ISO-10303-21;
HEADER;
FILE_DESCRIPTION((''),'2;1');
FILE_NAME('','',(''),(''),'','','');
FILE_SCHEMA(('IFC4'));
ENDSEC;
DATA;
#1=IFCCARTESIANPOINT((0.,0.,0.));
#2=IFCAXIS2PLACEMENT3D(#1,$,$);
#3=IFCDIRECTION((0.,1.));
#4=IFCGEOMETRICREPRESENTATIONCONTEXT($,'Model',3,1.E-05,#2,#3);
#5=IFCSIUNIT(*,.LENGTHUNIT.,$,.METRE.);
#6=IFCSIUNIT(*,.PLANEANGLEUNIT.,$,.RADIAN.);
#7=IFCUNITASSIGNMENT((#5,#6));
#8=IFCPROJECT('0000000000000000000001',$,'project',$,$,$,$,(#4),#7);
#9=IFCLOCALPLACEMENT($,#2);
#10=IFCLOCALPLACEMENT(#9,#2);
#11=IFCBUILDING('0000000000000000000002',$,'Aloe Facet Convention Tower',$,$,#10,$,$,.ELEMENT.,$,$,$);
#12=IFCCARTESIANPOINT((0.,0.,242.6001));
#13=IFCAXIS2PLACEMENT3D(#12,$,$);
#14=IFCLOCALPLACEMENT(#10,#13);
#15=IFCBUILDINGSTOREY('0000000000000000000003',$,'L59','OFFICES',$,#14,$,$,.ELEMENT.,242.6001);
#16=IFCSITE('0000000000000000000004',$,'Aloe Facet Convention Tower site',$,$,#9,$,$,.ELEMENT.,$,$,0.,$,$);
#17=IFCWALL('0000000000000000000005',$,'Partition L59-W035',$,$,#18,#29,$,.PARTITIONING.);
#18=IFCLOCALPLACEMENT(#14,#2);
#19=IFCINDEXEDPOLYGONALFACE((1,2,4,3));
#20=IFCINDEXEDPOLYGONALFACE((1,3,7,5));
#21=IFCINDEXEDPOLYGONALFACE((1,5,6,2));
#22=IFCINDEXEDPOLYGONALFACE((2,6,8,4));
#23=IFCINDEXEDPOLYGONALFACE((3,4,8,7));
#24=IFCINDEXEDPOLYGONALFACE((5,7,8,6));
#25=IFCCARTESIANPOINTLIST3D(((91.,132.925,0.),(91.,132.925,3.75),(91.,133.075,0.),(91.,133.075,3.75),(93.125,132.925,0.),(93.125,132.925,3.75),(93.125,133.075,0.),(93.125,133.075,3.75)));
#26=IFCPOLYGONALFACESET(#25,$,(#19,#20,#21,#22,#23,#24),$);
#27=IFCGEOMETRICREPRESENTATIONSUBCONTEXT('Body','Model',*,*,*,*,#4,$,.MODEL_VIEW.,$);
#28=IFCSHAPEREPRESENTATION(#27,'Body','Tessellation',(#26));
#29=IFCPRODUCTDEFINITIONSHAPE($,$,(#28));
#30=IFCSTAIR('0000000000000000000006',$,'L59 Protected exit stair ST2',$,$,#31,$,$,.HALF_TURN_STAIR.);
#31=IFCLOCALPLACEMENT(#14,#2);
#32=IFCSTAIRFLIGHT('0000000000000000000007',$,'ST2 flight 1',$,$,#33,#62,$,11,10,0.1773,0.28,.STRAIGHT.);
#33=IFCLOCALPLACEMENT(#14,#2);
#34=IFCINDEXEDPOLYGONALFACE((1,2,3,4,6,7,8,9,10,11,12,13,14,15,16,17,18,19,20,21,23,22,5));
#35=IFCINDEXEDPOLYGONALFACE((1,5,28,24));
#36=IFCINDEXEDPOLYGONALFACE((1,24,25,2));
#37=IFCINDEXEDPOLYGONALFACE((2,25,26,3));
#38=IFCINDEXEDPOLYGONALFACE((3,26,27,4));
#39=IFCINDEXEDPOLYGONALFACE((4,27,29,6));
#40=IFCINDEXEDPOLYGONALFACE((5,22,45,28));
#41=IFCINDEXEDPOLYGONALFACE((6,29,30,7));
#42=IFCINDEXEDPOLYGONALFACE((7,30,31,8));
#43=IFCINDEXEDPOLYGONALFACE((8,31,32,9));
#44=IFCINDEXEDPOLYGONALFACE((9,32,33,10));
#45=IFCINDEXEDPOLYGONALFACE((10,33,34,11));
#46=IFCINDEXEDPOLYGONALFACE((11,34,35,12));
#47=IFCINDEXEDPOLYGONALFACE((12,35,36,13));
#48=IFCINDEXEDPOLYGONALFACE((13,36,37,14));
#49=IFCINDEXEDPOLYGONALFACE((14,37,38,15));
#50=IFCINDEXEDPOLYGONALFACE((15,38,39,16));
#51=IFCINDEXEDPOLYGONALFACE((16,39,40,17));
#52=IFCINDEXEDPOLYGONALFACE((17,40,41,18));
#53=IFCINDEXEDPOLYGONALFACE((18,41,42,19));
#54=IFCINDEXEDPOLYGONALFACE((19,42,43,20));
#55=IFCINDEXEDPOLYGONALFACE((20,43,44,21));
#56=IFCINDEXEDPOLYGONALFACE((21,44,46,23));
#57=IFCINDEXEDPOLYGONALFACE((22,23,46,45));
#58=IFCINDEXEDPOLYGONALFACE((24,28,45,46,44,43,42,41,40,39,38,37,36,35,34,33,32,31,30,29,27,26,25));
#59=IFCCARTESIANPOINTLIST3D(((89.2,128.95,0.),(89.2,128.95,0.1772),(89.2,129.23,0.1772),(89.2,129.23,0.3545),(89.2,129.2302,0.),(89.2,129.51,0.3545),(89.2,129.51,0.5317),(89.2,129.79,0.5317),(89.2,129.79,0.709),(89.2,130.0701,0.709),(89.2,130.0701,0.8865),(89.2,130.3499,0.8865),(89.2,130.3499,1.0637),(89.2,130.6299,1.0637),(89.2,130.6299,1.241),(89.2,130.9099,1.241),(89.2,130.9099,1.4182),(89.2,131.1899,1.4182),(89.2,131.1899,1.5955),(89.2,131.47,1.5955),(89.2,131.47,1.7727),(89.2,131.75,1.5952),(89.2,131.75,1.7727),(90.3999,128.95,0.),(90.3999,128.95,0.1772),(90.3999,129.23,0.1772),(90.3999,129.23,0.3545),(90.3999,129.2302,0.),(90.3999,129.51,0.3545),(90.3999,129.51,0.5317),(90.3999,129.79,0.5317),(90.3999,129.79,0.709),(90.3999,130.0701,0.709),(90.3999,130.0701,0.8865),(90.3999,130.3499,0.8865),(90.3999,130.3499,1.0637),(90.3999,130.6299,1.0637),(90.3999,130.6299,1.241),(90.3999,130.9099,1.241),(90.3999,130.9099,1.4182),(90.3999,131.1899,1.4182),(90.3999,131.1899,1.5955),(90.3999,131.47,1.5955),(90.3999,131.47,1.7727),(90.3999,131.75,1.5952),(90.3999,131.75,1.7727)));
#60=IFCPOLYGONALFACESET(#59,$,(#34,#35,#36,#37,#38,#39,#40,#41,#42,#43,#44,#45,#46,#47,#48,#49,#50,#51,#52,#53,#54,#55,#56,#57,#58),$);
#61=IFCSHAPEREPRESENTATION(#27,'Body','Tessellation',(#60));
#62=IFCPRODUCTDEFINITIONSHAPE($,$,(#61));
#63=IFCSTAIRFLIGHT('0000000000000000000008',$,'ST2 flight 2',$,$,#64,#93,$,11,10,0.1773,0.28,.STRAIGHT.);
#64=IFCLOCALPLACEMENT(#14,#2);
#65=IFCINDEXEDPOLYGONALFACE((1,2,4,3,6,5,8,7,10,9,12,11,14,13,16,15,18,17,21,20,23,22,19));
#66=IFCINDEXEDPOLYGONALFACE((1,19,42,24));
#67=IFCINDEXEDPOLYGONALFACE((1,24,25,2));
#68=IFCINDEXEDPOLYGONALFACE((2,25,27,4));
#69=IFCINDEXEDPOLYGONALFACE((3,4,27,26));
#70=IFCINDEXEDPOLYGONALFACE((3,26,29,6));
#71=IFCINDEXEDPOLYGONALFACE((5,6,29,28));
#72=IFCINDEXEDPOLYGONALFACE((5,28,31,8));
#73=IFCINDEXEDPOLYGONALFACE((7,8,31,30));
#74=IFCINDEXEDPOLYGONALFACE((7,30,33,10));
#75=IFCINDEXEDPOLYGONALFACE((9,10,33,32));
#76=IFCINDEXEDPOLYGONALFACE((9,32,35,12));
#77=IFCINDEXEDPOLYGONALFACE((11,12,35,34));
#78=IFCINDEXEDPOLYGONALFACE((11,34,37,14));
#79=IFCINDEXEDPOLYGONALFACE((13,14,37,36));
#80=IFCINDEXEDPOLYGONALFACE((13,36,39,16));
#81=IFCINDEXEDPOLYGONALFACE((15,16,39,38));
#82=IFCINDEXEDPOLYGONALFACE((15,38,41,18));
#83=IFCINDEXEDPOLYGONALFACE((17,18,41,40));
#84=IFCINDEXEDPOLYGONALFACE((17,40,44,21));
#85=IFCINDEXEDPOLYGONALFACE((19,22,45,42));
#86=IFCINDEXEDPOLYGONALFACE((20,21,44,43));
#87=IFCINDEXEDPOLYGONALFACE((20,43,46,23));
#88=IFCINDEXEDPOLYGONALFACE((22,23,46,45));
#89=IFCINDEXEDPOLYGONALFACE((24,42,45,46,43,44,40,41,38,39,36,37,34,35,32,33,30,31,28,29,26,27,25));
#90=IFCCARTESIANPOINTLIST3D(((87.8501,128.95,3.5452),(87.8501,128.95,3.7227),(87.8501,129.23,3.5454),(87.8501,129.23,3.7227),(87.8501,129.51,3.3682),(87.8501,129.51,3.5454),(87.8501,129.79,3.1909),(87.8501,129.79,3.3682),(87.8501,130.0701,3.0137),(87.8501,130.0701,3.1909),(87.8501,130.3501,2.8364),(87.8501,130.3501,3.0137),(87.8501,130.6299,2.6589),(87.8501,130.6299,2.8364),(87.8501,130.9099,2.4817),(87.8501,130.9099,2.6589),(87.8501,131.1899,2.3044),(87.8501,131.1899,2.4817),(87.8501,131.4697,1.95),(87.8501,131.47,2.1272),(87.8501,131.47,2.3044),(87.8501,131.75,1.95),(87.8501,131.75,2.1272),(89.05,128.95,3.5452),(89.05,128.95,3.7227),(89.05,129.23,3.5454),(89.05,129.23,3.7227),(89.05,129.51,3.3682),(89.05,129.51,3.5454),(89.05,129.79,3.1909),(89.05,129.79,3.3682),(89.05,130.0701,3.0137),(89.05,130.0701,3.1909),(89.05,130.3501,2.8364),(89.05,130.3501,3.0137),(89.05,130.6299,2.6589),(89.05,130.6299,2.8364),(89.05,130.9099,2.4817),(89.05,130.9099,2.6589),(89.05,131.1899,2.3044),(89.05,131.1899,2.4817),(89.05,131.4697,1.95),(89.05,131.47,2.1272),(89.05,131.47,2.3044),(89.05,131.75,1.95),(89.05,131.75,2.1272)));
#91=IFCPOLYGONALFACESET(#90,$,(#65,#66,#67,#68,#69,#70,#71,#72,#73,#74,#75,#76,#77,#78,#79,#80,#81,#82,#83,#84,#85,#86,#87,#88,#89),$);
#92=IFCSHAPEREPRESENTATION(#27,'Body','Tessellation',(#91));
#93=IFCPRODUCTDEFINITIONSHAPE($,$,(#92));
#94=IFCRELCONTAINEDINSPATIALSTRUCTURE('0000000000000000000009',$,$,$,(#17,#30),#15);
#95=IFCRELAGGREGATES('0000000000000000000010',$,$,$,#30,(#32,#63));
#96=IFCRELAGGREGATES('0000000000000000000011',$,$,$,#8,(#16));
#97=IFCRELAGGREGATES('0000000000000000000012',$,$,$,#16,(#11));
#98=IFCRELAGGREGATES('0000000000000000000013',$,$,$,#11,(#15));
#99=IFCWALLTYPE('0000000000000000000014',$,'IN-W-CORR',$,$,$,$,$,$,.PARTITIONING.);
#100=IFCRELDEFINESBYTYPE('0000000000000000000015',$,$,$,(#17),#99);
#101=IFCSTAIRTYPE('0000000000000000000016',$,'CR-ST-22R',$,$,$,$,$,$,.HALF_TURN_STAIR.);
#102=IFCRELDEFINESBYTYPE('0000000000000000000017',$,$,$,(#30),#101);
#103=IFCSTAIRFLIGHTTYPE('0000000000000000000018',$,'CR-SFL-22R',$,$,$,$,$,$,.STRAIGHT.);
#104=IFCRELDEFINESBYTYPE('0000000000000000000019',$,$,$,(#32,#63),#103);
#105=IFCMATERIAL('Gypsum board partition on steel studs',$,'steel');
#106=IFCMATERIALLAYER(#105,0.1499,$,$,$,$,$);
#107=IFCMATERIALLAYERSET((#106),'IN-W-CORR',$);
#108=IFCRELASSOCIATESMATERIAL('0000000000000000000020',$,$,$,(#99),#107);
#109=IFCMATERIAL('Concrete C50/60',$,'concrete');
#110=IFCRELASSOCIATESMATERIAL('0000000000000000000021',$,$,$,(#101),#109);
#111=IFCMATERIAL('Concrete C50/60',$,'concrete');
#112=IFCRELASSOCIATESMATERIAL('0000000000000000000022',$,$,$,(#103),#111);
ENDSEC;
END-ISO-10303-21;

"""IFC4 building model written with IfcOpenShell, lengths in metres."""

from ifc_helpers import new_model, si_unit, direction, frame, frame_2d, origin, place, context, subcontext, project, spatial, polyline, rectangle, outline, extrude, material, layer, layer_set, type_object, element, aggregate, save


model = new_model("IFC4")

# Units and contexts
model_context = context("Model", 3, precision=1e-05, world=origin(), true_north=direction((0.0, 1.0)))
body_context = subcontext(model_context, "Body", "Model", "MODEL_VIEW")
ifc_project = project(units=[si_unit("LENGTHUNIT", "METRE"), si_unit("PLANEANGLEUNIT", "RADIAN")], contexts=[model_context])

# Site, building, storey
site_placement = place(None, origin())
site = spatial("IfcSite", under=ifc_project, at=site_placement, Name="Aloe Facet Convention Tower site", CompositionType="ELEMENT", RefElevation=0.0)
building_placement = place(site_placement, origin())
building = spatial("IfcBuilding", under=site, at=building_placement, Name="Aloe Facet Convention Tower", CompositionType="ELEMENT")
storey_placement = place(building_placement, frame((0.0, 0.0, 242.6001)))
storey = spatial("IfcBuildingStorey", under=building, at=storey_placement, Name="L59", Description="OFFICES", CompositionType="ELEMENT", Elevation=242.6001)

# Wall
ifc_material_1 = material(Name="Gypsum board partition on steel studs", Category="steel")
ifc_layer_1 = layer(ifc_material_1, 0.1499)
ifc_layer_set_1 = layer_set([ifc_layer_1], Name="IN-W-CORR")
wall_type_1 = type_object("IfcWallType", Name="IN-W-CORR", PredefinedType="PARTITIONING", material=ifc_layer_set_1)
wall_1_placement = place(storey_placement, frame((91.0, 133.0, 0.0), z_axis=(0.0, 0.0, 1.0), x_axis=(1.0, 0.0, 0.0)))
element("IfcWall", 1, at=wall_1_placement, inside=storey, type_object=wall_type_1, Name="Partition L59-W035", PredefinedType="PARTITIONING", context=body_context, shape_type="SweptSolid", body=[
    extrude(rectangle(XDim=2.125, YDim=0.1499, at=frame_2d((1.0625, 0.0))), origin(), (0.0, 0.0, 1.0), 3.75),
])

# Stair, stair flights
ifc_material_2 = material(Name="Concrete C50/60", Category="concrete")
stair_type = type_object("IfcStairType", Name="CR-ST-22R", PredefinedType="HALF_TURN_STAIR", material=ifc_material_2)
stair_placement = place(storey_placement, origin())
stair = element("IfcStair", 2, at=stair_placement, inside=storey, type_object=stair_type, Name="L59 Protected exit stair ST2", PredefinedType="HALF_TURN_STAIR")
ifc_material_3 = material(Name="Concrete C50/60", Category="concrete")
stair_flight_type = type_object("IfcStairFlightType", Name="CR-SFL-22R", PredefinedType="STRAIGHT", material=ifc_material_3)
stair_flight_1_placement = place(storey_placement, frame((89.8, 128.95, 0.0), z_axis=(0.0, 0.0, 1.0), x_axis=(0.0, 1.0, 0.0)))
stair_flight_1 = element("IfcStairFlight", 3, at=stair_flight_1_placement, type_object=stair_flight_type, Name="ST2 flight 1", NumberOfRisers=11, NumberOfTreads=10, PredefinedType="STRAIGHT", RiserHeight=0.1773, TreadLength=0.28, context=body_context, shape_type="SweptSolid", body=[
    extrude(outline(polyline([(0.0, 0.0), (0.0, 0.1772), (0.28, 0.1772), (0.28, 0.3545), (0.5601, 0.3545), (0.5601, 0.5317), (0.8401, 0.5317), (0.8401, 0.709), (1.1201, 0.709), (1.1201, 0.8865), (1.3999, 0.8865), (1.3999, 1.0637), (1.6799, 1.0637), (1.6799, 1.241), (1.96, 1.241), (1.96, 1.4182), (2.24, 1.4182), (2.24, 1.5955), (2.52, 1.5955), (2.52, 1.7727), (2.8, 1.7727), (2.8, 1.95), (2.8, 1.5952), (0.2803, 0.0), (0.0, 0.0)])), frame((0.0, 0.6001, 0.0), z_axis=(0.0, -1.0, 0.0), x_axis=(1.0, 0.0, 0.0)), (0.0, 0.0, 1.0), 1.2),
])
stair_flight_2_placement = place(storey_placement, frame((88.45, 131.75, 1.95), z_axis=(0.0, 0.0, 1.0), x_axis=(0.0, -1.0, 0.0)))
stair_flight_2 = element("IfcStairFlight", 4, at=stair_flight_2_placement, type_object=stair_flight_type, Name="ST2 flight 2", NumberOfRisers=11, NumberOfTreads=10, PredefinedType="STRAIGHT", RiserHeight=0.1773, TreadLength=0.28, context=body_context, shape_type="SweptSolid", body=[
    extrude(outline(polyline([(0.0, 0.0), (0.0, 0.1772), (0.28, 0.1772), (0.28, 0.3545), (0.5601, 0.3545), (0.5601, 0.5317), (0.8401, 0.5317), (0.8401, 0.709), (1.1201, 0.709), (1.1201, 0.8865), (1.3999, 0.8865), (1.3999, 1.0637), (1.6799, 1.0637), (1.6799, 1.241), (1.96, 1.241), (1.96, 1.4182), (2.24, 1.4182), (2.24, 1.5955), (2.52, 1.5955), (2.52, 1.7727), (2.8, 1.7727), (2.8, 1.95), (2.8, 1.5952), (0.2803, 0.0), (0.0, 0.0)])), frame((0.0, 0.6001, 0.0), z_axis=(0.0, -1.0, 0.0), x_axis=(1.0, 0.0, 0.0)), (0.0, 0.0, 1.0), 1.2),
])
aggregate(stair, [stair_flight_1, stair_flight_2])

save(model, "model.ifc")
